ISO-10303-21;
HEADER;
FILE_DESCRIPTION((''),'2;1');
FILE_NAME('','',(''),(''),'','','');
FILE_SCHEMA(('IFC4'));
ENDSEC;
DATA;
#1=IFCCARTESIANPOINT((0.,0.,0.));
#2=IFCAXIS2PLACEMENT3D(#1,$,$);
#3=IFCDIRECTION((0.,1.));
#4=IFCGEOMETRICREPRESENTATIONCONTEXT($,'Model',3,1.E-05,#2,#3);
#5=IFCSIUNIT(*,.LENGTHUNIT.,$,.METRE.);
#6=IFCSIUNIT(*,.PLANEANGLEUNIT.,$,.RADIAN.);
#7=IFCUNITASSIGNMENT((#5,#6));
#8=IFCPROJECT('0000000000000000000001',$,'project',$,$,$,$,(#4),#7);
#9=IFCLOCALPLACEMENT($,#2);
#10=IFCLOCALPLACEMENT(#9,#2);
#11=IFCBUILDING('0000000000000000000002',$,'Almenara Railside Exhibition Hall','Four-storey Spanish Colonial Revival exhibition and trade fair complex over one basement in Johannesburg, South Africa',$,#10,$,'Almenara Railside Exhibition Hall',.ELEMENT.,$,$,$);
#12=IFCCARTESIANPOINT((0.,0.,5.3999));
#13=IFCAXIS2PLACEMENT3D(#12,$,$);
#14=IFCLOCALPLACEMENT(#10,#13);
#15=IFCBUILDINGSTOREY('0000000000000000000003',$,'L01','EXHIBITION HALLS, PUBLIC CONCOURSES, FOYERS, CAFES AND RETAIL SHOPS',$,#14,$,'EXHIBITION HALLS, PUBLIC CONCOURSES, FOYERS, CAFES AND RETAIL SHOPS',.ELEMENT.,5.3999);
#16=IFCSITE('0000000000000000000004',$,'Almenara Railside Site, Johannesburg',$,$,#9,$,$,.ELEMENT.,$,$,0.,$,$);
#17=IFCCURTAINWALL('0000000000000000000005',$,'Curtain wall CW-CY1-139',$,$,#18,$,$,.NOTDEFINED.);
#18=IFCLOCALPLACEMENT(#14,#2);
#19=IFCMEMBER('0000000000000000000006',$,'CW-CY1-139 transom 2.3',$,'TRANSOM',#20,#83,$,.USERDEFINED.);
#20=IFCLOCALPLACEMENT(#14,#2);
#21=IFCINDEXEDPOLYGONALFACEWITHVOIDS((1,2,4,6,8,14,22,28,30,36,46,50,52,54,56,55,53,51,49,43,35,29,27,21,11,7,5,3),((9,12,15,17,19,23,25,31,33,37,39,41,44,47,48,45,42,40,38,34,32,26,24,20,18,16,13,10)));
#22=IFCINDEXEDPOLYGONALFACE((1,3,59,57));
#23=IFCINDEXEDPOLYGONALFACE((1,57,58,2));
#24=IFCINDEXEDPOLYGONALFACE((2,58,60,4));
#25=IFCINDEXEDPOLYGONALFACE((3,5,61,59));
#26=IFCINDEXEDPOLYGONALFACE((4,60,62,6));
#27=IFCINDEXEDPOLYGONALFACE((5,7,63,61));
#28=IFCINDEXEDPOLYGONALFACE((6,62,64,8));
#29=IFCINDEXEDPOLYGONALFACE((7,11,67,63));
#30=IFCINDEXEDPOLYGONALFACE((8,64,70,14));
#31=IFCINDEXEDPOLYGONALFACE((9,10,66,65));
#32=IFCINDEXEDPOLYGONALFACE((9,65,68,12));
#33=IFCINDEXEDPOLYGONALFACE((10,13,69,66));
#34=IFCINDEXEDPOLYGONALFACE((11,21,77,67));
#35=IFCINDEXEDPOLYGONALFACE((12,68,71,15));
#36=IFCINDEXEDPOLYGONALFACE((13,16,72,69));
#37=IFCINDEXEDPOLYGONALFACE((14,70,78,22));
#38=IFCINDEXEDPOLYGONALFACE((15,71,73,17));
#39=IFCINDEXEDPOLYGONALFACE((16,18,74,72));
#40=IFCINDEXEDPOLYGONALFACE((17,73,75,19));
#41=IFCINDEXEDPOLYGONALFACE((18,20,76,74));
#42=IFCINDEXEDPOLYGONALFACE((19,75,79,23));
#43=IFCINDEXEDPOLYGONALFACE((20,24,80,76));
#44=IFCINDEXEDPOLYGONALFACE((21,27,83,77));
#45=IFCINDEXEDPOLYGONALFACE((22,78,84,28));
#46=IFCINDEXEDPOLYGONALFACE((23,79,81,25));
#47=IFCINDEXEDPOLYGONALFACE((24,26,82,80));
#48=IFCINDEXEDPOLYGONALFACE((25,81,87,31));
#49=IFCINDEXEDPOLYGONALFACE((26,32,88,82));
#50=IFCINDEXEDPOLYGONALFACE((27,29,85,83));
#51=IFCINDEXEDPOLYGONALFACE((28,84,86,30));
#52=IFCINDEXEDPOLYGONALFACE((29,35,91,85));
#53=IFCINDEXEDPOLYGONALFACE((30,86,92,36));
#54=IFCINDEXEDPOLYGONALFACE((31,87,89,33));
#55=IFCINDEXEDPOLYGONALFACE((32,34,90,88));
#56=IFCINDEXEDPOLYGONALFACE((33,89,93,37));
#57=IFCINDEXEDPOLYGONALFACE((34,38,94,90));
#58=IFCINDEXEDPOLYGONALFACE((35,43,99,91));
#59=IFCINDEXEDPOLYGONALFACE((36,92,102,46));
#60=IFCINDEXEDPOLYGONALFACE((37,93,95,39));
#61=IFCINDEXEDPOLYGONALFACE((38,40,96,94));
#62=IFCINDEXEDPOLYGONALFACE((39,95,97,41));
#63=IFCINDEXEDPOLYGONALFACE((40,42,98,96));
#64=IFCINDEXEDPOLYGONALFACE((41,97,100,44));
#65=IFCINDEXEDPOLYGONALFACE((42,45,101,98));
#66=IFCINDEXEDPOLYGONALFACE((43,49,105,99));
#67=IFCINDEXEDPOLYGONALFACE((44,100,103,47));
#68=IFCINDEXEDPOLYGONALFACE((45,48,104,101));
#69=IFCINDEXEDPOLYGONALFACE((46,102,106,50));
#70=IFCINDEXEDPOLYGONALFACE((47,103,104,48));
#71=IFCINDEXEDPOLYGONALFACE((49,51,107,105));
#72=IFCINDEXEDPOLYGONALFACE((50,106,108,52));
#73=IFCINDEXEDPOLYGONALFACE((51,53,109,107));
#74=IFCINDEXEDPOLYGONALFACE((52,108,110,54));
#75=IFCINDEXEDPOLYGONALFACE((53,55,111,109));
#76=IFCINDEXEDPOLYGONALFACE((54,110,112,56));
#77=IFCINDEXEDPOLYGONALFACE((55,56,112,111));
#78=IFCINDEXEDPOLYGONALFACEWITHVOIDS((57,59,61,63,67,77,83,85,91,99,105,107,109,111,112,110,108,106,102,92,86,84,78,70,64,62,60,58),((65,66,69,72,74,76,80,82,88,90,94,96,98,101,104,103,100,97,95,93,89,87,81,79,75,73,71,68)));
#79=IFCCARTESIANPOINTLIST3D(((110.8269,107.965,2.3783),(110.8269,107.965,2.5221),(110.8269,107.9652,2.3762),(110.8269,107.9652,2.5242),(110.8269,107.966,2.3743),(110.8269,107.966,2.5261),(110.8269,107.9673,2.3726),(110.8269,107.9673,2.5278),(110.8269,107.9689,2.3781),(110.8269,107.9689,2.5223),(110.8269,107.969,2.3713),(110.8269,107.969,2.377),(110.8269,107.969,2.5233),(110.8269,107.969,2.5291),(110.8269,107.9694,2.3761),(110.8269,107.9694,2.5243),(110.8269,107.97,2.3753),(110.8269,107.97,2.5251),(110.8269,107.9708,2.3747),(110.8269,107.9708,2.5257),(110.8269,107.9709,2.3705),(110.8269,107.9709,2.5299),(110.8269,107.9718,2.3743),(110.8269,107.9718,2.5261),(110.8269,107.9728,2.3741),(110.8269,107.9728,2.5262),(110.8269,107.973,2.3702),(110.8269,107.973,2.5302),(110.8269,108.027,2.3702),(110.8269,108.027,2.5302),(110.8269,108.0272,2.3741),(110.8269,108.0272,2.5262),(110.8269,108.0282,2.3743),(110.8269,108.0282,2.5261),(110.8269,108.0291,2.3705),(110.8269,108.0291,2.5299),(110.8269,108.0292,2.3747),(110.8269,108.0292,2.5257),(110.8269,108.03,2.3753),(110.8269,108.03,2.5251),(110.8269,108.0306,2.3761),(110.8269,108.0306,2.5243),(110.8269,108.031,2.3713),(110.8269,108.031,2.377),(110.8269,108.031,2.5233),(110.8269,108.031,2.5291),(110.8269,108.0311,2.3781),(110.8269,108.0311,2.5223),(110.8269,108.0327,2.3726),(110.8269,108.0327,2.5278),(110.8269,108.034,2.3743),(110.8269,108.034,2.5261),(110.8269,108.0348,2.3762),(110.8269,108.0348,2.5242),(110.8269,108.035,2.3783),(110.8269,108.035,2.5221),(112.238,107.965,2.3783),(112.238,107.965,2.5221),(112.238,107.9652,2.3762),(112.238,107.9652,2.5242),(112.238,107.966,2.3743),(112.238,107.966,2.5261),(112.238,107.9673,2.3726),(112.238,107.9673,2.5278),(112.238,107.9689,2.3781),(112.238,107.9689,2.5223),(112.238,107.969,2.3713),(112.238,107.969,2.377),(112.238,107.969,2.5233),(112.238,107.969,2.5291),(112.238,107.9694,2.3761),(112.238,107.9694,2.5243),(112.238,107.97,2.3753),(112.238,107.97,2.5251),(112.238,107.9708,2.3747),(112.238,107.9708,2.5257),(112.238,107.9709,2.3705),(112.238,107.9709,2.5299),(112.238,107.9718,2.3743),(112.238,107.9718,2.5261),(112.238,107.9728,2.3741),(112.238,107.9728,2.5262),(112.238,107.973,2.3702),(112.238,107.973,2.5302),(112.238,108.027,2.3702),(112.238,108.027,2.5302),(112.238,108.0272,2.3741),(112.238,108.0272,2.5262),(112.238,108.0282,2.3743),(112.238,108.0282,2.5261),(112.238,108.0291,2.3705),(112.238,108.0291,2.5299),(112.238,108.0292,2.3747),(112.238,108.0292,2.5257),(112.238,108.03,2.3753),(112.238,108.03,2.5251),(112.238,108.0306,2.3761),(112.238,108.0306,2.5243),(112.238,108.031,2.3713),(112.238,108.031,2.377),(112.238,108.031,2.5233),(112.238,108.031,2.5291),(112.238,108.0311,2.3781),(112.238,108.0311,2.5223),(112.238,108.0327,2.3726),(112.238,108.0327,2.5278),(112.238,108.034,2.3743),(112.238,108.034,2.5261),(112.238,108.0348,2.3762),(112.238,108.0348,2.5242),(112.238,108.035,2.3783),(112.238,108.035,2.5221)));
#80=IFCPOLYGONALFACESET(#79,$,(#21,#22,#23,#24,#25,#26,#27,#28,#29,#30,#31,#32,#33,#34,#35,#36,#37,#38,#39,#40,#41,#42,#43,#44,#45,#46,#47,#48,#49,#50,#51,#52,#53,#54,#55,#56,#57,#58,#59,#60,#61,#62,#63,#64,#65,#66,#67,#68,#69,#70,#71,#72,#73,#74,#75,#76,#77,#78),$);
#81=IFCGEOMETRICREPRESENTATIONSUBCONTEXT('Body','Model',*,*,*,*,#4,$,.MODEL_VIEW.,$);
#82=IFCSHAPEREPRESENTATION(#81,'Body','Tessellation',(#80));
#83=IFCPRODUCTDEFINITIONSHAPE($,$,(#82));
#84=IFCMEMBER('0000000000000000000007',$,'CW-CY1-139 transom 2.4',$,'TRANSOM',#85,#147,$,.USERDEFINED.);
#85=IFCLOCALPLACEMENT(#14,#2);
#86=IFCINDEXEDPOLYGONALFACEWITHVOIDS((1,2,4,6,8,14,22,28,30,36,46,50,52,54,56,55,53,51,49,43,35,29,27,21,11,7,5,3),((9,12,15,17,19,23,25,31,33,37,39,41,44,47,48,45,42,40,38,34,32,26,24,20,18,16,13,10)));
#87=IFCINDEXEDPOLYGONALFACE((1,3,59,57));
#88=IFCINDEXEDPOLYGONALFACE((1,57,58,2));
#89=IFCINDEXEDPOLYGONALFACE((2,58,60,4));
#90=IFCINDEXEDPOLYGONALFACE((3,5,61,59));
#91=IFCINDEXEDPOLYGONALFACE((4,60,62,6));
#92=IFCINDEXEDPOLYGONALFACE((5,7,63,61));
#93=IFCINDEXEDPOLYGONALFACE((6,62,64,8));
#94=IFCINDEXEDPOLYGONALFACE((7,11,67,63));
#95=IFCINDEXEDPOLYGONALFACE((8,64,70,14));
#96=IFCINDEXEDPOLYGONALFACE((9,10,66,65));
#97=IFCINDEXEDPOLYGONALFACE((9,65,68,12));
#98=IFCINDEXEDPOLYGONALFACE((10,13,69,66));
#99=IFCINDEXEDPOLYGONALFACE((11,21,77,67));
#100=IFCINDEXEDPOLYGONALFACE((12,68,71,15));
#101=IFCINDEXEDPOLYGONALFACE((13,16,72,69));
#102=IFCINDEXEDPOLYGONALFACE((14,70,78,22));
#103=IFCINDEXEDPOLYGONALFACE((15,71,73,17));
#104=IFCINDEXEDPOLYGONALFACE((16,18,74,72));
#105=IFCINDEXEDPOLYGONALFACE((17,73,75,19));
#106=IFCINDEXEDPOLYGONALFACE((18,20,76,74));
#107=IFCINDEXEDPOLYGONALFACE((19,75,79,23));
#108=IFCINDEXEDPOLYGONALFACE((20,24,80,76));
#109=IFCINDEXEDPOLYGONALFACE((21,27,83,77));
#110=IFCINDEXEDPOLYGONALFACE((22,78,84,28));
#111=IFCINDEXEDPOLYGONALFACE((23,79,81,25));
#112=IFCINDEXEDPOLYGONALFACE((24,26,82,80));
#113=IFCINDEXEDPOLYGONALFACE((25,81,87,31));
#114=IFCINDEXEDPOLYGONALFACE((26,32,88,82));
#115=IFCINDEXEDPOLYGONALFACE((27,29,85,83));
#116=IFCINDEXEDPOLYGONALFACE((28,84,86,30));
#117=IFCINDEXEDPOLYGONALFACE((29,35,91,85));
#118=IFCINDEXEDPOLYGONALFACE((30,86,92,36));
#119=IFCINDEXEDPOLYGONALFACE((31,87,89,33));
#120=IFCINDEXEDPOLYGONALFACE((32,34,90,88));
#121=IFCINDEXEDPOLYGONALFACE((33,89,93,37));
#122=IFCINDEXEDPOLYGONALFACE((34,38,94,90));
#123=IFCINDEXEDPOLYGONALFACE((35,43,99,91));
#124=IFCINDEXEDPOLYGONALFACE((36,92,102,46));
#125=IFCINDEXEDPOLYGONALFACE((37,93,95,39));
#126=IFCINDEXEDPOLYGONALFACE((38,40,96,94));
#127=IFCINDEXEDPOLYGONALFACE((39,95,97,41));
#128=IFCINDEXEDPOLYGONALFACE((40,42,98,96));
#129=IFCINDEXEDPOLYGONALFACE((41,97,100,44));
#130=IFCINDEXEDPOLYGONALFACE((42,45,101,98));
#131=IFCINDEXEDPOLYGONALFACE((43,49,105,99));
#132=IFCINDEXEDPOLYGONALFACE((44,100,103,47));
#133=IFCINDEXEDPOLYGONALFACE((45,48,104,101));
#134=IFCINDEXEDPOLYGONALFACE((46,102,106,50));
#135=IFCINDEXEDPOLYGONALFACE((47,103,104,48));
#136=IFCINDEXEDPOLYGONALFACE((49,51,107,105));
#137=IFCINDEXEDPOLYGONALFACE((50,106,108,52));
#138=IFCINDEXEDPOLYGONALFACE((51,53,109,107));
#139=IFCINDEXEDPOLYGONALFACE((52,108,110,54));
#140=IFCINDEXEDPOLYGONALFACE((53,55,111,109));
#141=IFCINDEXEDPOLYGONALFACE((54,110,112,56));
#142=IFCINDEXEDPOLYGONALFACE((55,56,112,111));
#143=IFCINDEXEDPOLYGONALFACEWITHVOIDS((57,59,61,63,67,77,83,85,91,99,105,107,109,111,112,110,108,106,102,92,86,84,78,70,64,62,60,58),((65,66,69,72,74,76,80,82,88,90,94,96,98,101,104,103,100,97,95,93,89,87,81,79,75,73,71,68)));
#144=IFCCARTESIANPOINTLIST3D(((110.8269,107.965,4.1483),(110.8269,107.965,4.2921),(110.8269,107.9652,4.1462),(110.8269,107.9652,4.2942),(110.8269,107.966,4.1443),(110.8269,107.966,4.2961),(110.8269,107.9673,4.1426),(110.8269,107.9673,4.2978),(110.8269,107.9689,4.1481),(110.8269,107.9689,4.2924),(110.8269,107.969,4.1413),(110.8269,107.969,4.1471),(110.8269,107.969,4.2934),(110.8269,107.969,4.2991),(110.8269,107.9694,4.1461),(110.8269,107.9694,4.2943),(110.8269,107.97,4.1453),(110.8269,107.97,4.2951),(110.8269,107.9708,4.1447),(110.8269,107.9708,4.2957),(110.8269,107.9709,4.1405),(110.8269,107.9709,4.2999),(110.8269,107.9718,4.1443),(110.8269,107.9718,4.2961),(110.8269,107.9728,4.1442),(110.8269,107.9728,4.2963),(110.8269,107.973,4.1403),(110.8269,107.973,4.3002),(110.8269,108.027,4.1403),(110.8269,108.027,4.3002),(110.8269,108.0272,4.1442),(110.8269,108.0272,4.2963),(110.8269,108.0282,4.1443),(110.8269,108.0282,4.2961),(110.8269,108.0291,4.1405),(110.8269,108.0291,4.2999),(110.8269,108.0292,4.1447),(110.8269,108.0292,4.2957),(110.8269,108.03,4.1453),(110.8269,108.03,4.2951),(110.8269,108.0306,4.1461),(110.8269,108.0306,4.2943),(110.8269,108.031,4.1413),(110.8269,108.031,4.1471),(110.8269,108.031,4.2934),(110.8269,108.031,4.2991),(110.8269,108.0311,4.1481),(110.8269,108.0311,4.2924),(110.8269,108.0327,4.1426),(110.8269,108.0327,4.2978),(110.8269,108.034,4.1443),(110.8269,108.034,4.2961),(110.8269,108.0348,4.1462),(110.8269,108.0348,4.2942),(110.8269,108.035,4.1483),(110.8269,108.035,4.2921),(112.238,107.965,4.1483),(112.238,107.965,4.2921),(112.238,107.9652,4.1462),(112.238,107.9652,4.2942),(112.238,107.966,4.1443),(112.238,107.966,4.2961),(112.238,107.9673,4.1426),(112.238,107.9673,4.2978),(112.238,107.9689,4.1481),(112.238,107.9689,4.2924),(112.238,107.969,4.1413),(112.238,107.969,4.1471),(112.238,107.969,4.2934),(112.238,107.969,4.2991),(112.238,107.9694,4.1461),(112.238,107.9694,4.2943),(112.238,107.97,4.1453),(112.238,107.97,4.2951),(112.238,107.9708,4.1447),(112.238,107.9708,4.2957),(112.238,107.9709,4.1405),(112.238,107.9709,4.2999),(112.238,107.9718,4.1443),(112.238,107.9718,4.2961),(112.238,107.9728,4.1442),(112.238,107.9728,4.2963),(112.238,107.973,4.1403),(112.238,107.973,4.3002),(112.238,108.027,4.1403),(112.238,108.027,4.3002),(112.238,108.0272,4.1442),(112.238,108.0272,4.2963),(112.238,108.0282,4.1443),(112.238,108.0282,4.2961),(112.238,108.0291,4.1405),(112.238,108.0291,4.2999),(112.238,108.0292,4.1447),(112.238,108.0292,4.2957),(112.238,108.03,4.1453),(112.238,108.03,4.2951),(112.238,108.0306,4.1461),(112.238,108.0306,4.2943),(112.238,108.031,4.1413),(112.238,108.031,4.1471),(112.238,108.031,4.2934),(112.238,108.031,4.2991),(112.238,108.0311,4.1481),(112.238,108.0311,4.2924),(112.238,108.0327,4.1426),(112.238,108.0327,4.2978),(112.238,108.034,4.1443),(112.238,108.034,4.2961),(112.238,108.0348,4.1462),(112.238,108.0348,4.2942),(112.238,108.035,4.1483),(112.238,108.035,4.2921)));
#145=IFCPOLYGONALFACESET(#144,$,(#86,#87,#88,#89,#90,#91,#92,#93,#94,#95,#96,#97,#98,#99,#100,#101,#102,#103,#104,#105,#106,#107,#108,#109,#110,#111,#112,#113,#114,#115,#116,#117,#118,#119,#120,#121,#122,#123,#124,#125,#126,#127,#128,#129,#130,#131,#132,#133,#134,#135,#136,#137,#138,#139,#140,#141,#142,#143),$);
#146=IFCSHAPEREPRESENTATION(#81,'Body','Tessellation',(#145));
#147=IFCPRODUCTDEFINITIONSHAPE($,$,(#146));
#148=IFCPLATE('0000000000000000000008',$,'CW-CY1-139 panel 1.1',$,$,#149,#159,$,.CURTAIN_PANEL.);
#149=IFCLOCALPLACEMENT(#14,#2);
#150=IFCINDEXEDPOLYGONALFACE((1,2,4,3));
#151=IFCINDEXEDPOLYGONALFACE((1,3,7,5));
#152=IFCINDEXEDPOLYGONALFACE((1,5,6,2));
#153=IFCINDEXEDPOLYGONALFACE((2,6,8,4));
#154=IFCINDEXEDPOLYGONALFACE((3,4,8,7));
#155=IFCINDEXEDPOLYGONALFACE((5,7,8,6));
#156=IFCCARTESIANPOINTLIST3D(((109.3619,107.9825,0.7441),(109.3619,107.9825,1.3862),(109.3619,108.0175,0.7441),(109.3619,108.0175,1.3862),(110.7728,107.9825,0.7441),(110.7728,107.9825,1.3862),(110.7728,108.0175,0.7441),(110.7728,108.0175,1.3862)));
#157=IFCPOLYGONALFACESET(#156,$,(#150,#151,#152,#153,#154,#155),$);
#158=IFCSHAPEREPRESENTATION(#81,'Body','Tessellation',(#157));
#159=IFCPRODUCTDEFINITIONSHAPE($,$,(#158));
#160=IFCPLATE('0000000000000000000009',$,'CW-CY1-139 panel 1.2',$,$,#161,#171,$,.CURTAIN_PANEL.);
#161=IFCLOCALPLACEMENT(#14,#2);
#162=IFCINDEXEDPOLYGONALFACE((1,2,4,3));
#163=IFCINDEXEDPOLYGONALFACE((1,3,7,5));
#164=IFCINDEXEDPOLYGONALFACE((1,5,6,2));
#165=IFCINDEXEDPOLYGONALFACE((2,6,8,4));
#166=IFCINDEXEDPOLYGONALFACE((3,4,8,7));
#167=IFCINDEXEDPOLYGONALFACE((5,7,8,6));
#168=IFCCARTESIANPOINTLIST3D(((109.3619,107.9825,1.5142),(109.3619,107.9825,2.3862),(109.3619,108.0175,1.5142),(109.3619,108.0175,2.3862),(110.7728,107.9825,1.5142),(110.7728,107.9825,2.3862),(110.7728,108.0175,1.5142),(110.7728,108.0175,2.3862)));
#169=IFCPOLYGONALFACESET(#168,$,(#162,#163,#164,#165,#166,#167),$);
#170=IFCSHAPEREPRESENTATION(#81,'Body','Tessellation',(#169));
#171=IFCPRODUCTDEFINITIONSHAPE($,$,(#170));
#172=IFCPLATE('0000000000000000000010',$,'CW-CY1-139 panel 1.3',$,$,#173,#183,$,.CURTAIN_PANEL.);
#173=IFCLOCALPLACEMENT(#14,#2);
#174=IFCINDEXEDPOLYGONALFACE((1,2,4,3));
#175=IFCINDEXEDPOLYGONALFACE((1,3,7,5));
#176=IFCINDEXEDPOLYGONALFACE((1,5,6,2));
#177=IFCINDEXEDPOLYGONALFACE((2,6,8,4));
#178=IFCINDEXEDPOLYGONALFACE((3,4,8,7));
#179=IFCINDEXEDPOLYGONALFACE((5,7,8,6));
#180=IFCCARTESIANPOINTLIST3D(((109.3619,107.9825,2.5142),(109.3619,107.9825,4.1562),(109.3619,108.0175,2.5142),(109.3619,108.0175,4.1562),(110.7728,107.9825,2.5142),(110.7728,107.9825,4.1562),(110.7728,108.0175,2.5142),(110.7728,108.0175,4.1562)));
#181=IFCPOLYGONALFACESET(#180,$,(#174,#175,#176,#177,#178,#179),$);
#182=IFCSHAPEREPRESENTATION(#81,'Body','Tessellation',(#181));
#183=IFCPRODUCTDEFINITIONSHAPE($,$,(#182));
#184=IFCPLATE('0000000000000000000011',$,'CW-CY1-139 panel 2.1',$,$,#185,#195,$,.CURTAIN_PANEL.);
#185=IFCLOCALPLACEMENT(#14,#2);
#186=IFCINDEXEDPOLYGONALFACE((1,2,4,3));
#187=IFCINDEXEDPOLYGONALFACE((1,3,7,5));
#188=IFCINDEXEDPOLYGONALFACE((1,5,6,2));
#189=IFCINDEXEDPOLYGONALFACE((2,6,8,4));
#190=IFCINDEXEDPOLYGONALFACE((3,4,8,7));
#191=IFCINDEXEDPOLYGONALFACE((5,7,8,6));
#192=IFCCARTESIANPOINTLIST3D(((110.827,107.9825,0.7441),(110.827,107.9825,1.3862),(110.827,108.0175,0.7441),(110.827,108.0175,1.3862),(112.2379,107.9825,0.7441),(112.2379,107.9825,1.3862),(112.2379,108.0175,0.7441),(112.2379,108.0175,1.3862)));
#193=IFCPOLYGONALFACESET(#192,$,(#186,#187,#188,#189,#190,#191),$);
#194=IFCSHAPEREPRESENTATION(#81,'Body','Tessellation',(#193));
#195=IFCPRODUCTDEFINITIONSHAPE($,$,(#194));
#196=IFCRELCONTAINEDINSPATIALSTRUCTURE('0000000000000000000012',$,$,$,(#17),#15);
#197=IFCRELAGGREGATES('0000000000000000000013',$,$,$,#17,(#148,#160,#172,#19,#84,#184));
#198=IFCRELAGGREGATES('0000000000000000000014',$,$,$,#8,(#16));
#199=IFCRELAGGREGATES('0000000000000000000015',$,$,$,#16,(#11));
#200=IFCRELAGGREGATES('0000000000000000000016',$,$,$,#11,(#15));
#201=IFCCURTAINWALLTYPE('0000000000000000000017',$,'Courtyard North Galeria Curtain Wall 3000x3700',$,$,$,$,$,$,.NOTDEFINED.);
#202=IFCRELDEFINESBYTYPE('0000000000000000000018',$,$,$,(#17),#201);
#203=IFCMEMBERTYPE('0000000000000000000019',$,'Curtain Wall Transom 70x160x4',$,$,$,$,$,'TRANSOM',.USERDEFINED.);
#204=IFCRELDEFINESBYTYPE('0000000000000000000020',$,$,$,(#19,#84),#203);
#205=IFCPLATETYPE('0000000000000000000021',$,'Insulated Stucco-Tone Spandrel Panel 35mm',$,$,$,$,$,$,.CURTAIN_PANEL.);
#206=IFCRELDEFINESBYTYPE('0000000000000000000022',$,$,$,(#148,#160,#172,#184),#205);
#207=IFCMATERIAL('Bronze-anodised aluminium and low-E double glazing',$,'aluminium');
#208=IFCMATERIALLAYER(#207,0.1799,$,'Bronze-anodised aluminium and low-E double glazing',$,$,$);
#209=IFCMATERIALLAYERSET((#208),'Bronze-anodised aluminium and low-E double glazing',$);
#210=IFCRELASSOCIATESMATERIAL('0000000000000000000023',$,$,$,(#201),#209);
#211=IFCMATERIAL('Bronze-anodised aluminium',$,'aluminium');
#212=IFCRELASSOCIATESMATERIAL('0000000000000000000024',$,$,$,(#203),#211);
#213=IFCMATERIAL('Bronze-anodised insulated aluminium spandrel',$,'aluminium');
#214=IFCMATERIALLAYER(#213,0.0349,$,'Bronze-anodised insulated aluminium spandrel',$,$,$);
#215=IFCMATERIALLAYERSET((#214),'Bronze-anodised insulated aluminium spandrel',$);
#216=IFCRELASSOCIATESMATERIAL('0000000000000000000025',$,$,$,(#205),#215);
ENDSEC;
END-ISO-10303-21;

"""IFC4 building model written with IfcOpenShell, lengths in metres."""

from ifc_helpers import new_model, si_unit, direction, frame, origin, origin_2d, place, context, subcontext, project, spatial, rectangle, hollow_rectangle, extrude, material, layer, layer_set, material_profile, profile_set, type_object, element, aggregate, save


model = new_model("IFC4")

# Units and contexts
model_context = context("Model", 3, precision=1e-05, world=origin(), true_north=direction((0.0, 1.0)))
body_context = subcontext(model_context, "Body", "Model", "MODEL_VIEW")
ifc_project = project(units=[si_unit("LENGTHUNIT", "METRE"), si_unit("PLANEANGLEUNIT", "RADIAN")], contexts=[model_context])

# Site, building, storey
site_placement = place(None, origin())
site = spatial("IfcSite", under=ifc_project, at=site_placement, Name="Almenara Railside Site, Johannesburg", CompositionType="ELEMENT", RefElevation=0.0)
building_placement = place(site_placement, origin())
building = spatial("IfcBuilding", under=site, at=building_placement, Name="Almenara Railside Exhibition Hall", Description="Four-storey Spanish Colonial Revival exhibition and trade fair complex over one basement in Johannesburg, South Africa", LongName="Almenara Railside Exhibition Hall", CompositionType="ELEMENT")
storey_placement = place(building_placement, frame((0.0, 0.0, 5.3999)))
storey = spatial("IfcBuildingStorey", under=building, at=storey_placement, Name="L01", Description="EXHIBITION HALLS, PUBLIC CONCOURSES, FOYERS, CAFES AND RETAIL SHOPS", LongName="EXHIBITION HALLS, PUBLIC CONCOURSES, FOYERS, CAFES AND RETAIL SHOPS", CompositionType="ELEMENT", Elevation=5.3999)

# Shared definitions
ifc_material_1 = material(Name="Bronze-anodised aluminium and low-E double glazing", Category="aluminium")
ifc_layer_1 = layer(ifc_material_1, 0.1799, Name="Bronze-anodised aluminium and low-E double glazing")
ifc_layer_set_1 = layer_set([ifc_layer_1], Name="Bronze-anodised aluminium and low-E double glazing")
curtain_wall_type = type_object("IfcCurtainWallType", Name="Courtyard North Galeria Curtain Wall 3000x3700", PredefinedType="NOTDEFINED", material=ifc_layer_set_1)
ifc_material_2 = material(Name="Bronze-anodised aluminium", Category="aluminium")

# Curtain wall
curtain_wall_1_placement = place(storey_placement, origin())
curtain_wall_1 = element("IfcCurtainWall", 1, at=curtain_wall_1_placement, inside=storey, type_object=curtain_wall_type, Name="Curtain wall CW-CY1-139", PredefinedType="NOTDEFINED")

# Members
ifc_material_profile_1 = material_profile(ifc_material_2, hollow_rectangle(XDim=0.0701, YDim=0.1599, WallThickness=0.0039, InnerFilletRadius=0.0039, OuterFilletRadius=0.0081, at=origin_2d()), Name="ALU-TRN 70x160x4")
ifc_profile_set_1 = profile_set([ifc_material_profile_1], Name="Bronze-anodised aluminium")
member_type_1 = type_object("IfcMemberType", Name="Curtain Wall Transom 70x160x4", ElementType="TRANSOM", PredefinedType="USERDEFINED", material=ifc_profile_set_1)
member_1_placement = place(storey_placement, frame((110.8269, 108.0, 2.4502), z_axis=(1.0, 0.0, 0.0), x_axis=(0.0, 1.0, 0.0)))
member_1 = element("IfcMember", 2, at=member_1_placement, type_object=member_type_1, Name="CW-CY1-139 transom 2.3", ObjectType="TRANSOM", PredefinedType="USERDEFINED", context=body_context, shape_type="SweptSolid", body=[
    extrude(hollow_rectangle(XDim=0.0701, YDim=0.1599, WallThickness=0.0039, InnerFilletRadius=0.0039, OuterFilletRadius=0.0081, at=origin_2d()), origin(), (0.0, 0.0, 1.0), 1.4111),
])
member_2_placement = place(storey_placement, frame((110.8269, 108.0, 4.2202), z_axis=(1.0, 0.0, 0.0), x_axis=(0.0, 1.0, 0.0)))
member_2 = element("IfcMember", 3, at=member_2_placement, type_object=member_type_1, Name="CW-CY1-139 transom 2.4", ObjectType="TRANSOM", PredefinedType="USERDEFINED", context=body_context, shape_type="SweptSolid", body=[
    extrude(hollow_rectangle(XDim=0.0701, YDim=0.1599, WallThickness=0.0039, InnerFilletRadius=0.0039, OuterFilletRadius=0.0081, at=origin_2d()), origin(), (0.0, 0.0, 1.0), 1.4111),
])

# Plates
ifc_material_3 = material(Name="Bronze-anodised insulated aluminium spandrel", Category="aluminium")
ifc_layer_2 = layer(ifc_material_3, 0.0349, Name="Bronze-anodised insulated aluminium spandrel")
ifc_layer_set_2 = layer_set([ifc_layer_2], Name="Bronze-anodised insulated aluminium spandrel")
plate_type = type_object("IfcPlateType", Name="Insulated Stucco-Tone Spandrel Panel 35mm", PredefinedType="CURTAIN_PANEL", material=ifc_layer_set_2)
plate_1_placement = place(storey_placement, frame((110.0674, 108.0, 0.7441), z_axis=(0.0, 0.0, 1.0), x_axis=(1.0, 0.0, 0.0)))
plate_1 = element("IfcPlate", 4, at=plate_1_placement, type_object=plate_type, Name="CW-CY1-139 panel 1.1", PredefinedType="CURTAIN_PANEL", context=body_context, shape_type="SweptSolid", body=[
    extrude(rectangle(XDim=1.4109, YDim=0.0349, at=origin_2d()), origin(), (0.0, 0.0, 1.0), 0.6421),
])
plate_2_placement = place(storey_placement, frame((110.0674, 108.0, 1.5142), z_axis=(0.0, 0.0, 1.0), x_axis=(1.0, 0.0, 0.0)))
plate_2 = element("IfcPlate", 5, at=plate_2_placement, type_object=plate_type, Name="CW-CY1-139 panel 1.2", PredefinedType="CURTAIN_PANEL", context=body_context, shape_type="SweptSolid", body=[
    extrude(rectangle(XDim=1.4109, YDim=0.0349, at=origin_2d()), origin(), (0.0, 0.0, 1.0), 0.8721),
])
plate_3_placement = place(storey_placement, frame((110.0674, 108.0, 2.5142), z_axis=(0.0, 0.0, 1.0), x_axis=(1.0, 0.0, 0.0)))
plate_3 = element("IfcPlate", 6, at=plate_3_placement, type_object=plate_type, Name="CW-CY1-139 panel 1.3", PredefinedType="CURTAIN_PANEL", context=body_context, shape_type="SweptSolid", body=[
    extrude(rectangle(XDim=1.4109, YDim=0.0349, at=origin_2d()), origin(), (0.0, 0.0, 1.0), 1.6421),
])
plate_4_placement = place(storey_placement, frame((111.5325, 108.0, 0.7441), z_axis=(0.0, 0.0, 1.0), x_axis=(1.0, 0.0, 0.0)))
plate_4 = element("IfcPlate", 7, at=plate_4_placement, type_object=plate_type, Name="CW-CY1-139 panel 2.1", PredefinedType="CURTAIN_PANEL", context=body_context, shape_type="SweptSolid", body=[
    extrude(rectangle(XDim=1.4109, YDim=0.0349, at=origin_2d()), origin(), (0.0, 0.0, 1.0), 0.6421),
])
aggregate(curtain_wall_1, [plate_1, plate_2, plate_3, member_1, member_2, plate_4])

save(model, "model.ifc")
